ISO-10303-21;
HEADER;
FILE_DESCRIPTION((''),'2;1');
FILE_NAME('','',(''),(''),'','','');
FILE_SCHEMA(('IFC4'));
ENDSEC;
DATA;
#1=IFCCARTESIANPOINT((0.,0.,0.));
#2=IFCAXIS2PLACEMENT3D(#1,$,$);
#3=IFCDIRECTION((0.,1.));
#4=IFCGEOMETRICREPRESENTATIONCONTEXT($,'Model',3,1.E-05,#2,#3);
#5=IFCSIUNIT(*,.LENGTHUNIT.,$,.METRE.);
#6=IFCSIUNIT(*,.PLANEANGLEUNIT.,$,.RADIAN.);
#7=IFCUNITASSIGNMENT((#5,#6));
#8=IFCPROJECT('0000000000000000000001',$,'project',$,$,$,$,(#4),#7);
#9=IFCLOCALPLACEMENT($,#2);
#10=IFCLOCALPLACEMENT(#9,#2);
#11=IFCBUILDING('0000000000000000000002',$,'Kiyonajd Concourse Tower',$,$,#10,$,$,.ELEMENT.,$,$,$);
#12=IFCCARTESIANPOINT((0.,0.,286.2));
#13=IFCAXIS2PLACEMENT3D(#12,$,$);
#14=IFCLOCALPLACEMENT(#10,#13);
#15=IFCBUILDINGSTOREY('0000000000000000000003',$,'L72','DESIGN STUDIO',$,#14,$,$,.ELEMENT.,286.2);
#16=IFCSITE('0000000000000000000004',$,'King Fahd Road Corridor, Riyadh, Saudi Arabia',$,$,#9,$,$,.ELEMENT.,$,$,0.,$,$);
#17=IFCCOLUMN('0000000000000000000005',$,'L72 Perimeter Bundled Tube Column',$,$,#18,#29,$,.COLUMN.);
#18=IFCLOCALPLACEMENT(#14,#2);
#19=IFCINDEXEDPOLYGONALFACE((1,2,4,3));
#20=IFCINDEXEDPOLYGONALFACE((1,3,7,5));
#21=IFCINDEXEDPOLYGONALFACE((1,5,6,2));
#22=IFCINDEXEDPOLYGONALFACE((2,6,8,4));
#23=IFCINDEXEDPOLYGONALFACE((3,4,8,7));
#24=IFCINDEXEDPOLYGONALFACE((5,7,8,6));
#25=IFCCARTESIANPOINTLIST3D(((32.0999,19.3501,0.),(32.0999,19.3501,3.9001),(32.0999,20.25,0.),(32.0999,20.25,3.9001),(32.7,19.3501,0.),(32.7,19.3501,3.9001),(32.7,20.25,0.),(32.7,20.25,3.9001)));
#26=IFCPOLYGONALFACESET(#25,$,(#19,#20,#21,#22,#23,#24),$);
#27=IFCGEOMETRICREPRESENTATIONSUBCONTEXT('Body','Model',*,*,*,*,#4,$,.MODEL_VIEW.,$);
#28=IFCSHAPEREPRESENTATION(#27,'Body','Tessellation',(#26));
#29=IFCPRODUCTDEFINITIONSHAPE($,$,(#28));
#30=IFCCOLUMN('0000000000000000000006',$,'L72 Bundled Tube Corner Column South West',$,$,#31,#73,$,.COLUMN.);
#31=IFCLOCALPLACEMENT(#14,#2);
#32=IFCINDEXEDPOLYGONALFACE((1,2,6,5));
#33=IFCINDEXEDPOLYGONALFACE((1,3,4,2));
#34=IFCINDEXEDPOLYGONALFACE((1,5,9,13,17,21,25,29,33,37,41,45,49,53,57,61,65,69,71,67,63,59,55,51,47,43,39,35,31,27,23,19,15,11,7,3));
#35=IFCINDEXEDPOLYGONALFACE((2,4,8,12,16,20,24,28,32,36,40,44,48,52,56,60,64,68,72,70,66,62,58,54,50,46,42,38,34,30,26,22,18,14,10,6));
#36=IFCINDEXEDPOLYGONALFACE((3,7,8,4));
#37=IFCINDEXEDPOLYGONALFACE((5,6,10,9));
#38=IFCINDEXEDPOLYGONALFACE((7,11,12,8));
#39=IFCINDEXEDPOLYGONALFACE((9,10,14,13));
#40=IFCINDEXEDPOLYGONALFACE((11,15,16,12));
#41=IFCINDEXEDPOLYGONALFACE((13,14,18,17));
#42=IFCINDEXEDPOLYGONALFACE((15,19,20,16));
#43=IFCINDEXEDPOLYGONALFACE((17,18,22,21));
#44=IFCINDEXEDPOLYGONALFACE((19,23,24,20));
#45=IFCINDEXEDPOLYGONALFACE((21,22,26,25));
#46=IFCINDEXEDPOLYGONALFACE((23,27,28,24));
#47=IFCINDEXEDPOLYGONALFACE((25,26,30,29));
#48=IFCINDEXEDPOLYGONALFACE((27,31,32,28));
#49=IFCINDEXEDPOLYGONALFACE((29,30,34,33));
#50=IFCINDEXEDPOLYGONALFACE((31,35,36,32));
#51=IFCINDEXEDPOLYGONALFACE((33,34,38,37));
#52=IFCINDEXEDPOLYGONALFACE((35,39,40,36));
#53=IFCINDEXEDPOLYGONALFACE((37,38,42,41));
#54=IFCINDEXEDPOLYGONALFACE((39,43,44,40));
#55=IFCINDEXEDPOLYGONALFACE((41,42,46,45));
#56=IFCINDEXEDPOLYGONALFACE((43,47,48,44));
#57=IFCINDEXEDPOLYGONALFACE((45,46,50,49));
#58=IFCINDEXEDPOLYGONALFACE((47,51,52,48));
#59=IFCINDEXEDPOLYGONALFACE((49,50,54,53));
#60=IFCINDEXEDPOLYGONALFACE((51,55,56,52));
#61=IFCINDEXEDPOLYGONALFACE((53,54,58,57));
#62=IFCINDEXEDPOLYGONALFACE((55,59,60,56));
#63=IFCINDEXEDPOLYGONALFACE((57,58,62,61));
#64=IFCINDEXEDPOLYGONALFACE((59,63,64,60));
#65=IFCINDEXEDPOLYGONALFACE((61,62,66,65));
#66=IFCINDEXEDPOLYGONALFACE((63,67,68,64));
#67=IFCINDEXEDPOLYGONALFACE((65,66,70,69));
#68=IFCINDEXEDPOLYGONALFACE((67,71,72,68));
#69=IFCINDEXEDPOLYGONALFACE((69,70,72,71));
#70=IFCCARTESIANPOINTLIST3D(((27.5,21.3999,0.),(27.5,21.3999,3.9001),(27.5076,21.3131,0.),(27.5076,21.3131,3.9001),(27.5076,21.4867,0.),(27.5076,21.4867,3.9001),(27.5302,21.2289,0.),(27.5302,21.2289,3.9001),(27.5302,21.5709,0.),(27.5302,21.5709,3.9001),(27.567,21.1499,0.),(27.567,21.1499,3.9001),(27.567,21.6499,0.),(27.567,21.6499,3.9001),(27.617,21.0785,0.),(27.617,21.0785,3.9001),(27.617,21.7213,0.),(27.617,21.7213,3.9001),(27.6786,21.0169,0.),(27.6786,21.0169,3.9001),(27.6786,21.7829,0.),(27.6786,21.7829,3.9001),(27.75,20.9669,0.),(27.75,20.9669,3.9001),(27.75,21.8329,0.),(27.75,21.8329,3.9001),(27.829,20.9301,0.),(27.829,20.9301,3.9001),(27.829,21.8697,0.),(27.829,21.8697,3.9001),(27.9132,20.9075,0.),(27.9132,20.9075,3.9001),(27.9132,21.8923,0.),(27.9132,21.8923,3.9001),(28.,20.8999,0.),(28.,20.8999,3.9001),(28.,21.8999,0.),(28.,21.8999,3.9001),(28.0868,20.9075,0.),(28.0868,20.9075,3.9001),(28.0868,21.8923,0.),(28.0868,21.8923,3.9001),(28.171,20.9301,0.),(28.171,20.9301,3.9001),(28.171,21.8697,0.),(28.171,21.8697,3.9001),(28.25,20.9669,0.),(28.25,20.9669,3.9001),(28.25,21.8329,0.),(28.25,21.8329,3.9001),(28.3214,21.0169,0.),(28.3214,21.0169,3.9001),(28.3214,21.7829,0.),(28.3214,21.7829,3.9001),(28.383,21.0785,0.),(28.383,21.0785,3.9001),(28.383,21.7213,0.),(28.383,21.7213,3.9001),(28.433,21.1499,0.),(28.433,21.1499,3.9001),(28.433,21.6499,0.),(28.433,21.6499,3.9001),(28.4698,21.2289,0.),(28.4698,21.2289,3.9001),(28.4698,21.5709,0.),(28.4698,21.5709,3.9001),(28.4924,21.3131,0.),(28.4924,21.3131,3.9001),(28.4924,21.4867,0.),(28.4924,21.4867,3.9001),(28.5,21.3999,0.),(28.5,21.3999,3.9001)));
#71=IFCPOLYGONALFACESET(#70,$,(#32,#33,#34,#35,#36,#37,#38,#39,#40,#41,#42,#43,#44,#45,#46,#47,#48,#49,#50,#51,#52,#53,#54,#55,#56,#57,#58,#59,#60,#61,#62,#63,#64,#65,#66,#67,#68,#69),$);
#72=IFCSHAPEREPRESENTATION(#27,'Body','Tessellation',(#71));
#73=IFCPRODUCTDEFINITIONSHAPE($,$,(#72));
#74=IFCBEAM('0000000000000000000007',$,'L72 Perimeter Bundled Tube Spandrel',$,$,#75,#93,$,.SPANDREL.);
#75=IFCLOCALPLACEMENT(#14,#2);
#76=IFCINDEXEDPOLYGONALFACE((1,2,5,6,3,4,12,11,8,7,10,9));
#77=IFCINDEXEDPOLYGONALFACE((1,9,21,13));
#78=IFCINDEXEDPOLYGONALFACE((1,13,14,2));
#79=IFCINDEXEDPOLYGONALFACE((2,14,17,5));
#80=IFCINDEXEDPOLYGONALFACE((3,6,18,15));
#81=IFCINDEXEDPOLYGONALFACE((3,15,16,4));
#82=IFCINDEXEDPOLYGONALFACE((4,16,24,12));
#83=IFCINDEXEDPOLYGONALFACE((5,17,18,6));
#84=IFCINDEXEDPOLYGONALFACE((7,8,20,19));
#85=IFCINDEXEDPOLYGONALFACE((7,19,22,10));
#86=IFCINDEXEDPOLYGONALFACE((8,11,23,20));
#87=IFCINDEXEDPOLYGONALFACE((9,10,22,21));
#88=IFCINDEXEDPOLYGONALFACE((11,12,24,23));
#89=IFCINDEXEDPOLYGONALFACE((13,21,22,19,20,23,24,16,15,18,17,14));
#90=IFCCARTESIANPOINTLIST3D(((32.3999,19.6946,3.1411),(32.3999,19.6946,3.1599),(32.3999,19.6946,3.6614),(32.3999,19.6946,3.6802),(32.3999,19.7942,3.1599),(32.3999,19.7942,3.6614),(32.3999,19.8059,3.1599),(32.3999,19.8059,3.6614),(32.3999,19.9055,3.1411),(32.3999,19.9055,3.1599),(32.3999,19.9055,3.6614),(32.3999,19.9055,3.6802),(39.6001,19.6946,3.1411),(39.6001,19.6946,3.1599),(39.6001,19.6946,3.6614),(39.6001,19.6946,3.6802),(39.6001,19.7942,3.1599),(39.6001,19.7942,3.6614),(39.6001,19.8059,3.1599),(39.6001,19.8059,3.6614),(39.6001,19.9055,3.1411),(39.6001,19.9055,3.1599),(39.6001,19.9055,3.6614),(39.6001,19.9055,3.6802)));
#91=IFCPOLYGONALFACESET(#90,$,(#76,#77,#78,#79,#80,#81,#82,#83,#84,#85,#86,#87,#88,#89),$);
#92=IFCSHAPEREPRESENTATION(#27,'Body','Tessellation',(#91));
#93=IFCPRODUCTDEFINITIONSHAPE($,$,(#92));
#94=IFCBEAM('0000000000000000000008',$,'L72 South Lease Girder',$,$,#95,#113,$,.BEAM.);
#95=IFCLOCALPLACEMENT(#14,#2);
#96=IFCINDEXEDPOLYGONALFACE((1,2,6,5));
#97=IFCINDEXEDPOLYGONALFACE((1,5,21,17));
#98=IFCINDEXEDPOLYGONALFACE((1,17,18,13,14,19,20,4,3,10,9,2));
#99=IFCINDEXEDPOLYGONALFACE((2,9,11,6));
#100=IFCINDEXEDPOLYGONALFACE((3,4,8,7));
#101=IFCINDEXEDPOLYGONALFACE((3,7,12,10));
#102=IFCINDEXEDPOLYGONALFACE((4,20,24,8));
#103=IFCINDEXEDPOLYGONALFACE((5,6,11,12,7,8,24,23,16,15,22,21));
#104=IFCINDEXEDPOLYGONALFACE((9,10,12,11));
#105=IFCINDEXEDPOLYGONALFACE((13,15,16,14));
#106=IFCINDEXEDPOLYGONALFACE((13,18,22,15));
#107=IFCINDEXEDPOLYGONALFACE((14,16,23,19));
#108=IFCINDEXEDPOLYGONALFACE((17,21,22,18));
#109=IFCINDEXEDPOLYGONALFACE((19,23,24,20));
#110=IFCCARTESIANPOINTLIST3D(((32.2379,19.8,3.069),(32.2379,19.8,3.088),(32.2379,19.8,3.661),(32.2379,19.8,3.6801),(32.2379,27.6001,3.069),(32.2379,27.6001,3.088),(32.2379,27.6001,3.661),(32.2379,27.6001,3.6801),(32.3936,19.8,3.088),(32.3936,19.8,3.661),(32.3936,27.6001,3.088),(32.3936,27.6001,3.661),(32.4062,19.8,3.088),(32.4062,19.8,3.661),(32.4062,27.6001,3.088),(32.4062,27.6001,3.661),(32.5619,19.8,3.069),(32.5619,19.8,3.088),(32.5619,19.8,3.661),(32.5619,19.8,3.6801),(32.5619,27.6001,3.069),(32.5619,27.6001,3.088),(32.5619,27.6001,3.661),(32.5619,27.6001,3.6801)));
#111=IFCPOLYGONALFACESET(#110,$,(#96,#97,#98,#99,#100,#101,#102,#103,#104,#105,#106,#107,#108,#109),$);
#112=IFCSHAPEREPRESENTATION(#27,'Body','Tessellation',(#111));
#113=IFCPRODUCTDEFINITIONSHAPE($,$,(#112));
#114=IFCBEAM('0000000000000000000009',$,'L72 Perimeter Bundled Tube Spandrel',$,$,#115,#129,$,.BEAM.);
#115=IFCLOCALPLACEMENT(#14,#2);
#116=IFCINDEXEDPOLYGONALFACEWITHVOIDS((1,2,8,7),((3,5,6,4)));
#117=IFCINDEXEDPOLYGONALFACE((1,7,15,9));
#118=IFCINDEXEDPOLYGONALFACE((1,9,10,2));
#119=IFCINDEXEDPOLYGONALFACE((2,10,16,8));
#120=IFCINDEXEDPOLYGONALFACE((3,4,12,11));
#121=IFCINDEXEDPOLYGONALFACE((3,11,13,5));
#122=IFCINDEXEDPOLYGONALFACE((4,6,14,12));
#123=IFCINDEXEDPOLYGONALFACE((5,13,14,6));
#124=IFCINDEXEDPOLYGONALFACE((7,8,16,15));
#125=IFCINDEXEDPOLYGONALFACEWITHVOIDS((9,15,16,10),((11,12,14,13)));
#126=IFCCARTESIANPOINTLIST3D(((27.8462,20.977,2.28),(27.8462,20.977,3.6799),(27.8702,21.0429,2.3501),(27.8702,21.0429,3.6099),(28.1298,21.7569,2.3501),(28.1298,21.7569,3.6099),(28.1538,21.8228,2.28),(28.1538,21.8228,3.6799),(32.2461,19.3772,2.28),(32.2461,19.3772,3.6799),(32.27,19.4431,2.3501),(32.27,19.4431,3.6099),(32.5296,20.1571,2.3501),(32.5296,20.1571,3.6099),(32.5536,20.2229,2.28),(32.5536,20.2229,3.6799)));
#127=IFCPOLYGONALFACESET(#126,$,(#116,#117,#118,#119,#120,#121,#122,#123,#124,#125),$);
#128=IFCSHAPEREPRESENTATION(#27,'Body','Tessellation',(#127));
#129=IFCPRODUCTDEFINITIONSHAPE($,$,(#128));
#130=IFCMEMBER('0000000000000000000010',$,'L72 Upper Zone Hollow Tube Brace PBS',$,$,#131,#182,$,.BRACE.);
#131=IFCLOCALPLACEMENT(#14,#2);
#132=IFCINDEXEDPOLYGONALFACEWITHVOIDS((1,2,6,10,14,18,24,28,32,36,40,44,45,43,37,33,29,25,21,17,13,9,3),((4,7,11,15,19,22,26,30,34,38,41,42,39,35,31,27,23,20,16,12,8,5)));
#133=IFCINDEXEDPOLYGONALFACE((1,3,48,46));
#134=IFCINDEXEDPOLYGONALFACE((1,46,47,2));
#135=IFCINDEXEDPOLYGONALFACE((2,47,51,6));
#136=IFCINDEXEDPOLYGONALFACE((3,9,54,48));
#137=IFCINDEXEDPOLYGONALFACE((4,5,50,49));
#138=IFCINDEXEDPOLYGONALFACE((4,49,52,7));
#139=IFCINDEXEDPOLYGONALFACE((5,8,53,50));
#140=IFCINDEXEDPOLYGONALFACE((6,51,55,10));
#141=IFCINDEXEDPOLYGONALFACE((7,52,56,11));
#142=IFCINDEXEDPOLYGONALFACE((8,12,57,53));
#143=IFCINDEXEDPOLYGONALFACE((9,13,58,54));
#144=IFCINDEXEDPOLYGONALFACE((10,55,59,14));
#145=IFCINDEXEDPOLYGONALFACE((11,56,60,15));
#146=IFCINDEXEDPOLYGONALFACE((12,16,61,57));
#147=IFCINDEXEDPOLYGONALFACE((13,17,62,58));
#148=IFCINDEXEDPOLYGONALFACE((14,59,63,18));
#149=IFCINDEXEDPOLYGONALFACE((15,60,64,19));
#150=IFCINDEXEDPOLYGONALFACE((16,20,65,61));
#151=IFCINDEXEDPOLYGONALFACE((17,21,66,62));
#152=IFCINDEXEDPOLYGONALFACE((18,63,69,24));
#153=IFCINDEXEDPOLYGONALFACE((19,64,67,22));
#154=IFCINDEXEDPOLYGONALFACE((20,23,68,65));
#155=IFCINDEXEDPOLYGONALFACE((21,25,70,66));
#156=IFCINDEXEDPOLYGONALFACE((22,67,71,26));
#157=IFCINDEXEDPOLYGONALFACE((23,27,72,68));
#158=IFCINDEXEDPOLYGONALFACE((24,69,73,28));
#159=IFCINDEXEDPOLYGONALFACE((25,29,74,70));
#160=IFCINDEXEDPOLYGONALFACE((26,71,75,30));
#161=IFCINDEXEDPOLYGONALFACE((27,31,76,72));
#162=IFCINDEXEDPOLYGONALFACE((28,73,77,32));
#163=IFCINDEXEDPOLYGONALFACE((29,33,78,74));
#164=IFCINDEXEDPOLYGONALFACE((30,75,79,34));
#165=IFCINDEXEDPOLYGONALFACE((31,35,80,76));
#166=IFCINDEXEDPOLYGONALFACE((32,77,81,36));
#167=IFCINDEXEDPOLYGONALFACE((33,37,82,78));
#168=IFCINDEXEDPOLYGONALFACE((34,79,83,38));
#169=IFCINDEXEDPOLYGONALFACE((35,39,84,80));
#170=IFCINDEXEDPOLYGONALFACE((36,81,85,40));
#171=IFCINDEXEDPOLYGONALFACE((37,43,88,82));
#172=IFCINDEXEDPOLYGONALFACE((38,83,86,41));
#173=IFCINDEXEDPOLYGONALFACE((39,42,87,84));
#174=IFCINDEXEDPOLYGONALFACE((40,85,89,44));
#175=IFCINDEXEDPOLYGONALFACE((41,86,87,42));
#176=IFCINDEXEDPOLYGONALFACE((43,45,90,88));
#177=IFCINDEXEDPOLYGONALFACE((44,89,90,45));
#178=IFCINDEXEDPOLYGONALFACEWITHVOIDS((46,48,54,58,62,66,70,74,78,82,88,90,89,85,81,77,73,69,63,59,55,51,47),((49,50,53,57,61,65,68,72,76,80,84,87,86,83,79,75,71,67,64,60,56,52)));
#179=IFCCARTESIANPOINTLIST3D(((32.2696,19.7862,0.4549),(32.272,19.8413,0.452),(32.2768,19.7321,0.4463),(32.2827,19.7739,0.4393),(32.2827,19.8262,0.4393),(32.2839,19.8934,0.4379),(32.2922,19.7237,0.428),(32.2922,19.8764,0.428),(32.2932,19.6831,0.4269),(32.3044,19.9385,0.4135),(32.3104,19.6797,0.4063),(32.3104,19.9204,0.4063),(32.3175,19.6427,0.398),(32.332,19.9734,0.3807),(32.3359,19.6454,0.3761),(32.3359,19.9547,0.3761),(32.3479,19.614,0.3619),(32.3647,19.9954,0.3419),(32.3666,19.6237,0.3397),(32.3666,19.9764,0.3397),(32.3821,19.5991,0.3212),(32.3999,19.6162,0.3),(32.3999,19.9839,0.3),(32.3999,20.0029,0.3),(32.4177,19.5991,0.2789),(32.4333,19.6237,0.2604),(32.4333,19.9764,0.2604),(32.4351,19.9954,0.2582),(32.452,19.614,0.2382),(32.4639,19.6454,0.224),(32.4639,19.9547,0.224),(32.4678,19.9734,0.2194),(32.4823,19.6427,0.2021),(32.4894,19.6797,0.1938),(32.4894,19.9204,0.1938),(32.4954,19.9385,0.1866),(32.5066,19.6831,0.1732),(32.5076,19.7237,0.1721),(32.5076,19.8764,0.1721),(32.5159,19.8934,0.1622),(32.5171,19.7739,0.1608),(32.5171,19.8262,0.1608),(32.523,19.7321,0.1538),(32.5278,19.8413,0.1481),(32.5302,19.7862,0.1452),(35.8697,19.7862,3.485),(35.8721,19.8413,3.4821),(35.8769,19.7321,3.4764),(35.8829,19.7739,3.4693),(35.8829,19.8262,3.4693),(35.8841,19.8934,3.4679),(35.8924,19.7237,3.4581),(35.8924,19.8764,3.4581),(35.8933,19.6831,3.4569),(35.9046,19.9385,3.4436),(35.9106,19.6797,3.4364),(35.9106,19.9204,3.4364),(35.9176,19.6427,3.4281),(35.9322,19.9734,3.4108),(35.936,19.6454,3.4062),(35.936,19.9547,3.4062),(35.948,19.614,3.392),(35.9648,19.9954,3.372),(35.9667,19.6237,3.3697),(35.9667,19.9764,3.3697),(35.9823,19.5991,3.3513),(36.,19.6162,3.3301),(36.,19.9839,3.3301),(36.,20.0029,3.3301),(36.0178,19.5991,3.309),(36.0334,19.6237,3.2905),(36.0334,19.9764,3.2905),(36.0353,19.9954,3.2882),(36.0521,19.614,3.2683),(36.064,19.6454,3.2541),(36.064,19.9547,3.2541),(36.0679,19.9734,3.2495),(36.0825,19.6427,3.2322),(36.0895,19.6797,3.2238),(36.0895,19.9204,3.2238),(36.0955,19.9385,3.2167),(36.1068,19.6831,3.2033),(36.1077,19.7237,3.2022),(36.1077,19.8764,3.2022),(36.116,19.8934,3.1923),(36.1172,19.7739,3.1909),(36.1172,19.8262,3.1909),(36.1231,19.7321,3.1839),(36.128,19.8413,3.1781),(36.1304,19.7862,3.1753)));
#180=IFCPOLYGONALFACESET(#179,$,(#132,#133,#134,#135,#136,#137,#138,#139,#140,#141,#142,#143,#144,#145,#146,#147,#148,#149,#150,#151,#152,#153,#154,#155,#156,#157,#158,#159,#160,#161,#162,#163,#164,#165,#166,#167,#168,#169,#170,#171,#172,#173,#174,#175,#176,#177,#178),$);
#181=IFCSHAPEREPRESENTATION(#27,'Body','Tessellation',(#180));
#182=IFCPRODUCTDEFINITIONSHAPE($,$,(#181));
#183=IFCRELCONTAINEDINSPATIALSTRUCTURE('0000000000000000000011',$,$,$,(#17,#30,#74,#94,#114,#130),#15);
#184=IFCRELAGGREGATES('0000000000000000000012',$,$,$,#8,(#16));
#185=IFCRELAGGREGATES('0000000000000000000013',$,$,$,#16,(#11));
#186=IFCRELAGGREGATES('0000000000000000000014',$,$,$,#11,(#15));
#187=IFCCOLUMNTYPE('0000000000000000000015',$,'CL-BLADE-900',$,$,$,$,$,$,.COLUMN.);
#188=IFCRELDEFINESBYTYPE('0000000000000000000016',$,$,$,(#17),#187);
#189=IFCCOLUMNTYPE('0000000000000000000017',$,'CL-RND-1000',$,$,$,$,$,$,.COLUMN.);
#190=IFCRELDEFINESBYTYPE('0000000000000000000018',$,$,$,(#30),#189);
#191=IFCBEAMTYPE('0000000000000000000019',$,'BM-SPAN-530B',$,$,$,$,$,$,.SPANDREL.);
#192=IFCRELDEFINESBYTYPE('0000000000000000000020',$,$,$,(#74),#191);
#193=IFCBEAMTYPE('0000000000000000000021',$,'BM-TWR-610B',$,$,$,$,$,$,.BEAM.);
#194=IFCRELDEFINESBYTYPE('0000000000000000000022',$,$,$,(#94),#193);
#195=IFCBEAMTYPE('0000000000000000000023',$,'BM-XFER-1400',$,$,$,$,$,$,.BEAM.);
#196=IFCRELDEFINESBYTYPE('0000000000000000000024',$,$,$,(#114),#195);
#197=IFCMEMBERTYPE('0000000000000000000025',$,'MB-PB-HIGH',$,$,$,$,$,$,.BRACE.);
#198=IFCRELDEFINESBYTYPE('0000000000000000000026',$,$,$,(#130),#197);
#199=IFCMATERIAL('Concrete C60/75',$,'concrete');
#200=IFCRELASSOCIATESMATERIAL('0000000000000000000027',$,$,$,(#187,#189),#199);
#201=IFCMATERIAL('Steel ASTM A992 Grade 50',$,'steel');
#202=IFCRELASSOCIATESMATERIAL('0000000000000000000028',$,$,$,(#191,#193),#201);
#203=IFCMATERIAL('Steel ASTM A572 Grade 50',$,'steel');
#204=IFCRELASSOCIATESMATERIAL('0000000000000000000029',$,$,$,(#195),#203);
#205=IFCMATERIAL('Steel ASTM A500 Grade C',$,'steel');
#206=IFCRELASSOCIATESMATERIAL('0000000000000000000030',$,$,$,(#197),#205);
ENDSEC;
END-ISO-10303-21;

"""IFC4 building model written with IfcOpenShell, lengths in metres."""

from ifc_helpers import new_model, si_unit, direction, frame, origin, origin_2d, place, context, subcontext, project, spatial, rectangle, hollow_rectangle, circle, hollow_circle, i_section, extrude, material, material_profile, profile_set, type_object, element, save


model = new_model("IFC4")

# Units and contexts
model_context = context("Model", 3, precision=1e-05, world=origin(), true_north=direction((0.0, 1.0)))
body_context = subcontext(model_context, "Body", "Model", "MODEL_VIEW")
ifc_project = project(units=[si_unit("LENGTHUNIT", "METRE"), si_unit("PLANEANGLEUNIT", "RADIAN")], contexts=[model_context])

# Site, building, storey
site_placement = place(None, origin())
site = spatial("IfcSite", under=ifc_project, at=site_placement, Name="King Fahd Road Corridor, Riyadh, Saudi Arabia", CompositionType="ELEMENT", RefElevation=0.0)
building_placement = place(site_placement, origin())
building = spatial("IfcBuilding", under=site, at=building_placement, Name="Kiyonajd Concourse Tower", CompositionType="ELEMENT")
storey_placement = place(building_placement, frame((0.0, 0.0, 286.2)))
storey = spatial("IfcBuildingStorey", under=building, at=storey_placement, Name="L72", Description="DESIGN STUDIO", CompositionType="ELEMENT", Elevation=286.2)

# Columns
ifc_material_1 = material(Name="Concrete C60/75", Category="concrete")
ifc_material_profile_1 = material_profile(ifc_material_1, rectangle(XDim=0.6001, YDim=0.8999, at=origin_2d()), Name="RC-900x600")
ifc_profile_set_1 = profile_set([ifc_material_profile_1], Name="Concrete C60/75")
column_type_1 = type_object("IfcColumnType", Name="CL-BLADE-900", PredefinedType="COLUMN", material=ifc_profile_set_1)
column_1_placement = place(storey_placement, frame((32.3999, 19.8, 0.0), z_axis=(0.0, 0.0, 1.0), x_axis=(1.0, 0.0, 0.0)))
element("IfcColumn", 1, at=column_1_placement, inside=storey, type_object=column_type_1, Name="L72 Perimeter Bundled Tube Column", PredefinedType="COLUMN", context=body_context, shape_type="SweptSolid", body=[
    extrude(rectangle(XDim=0.6001, YDim=0.8999, at=origin_2d()), origin(), (0.0, 0.0, 1.0), 3.9001),
])
ifc_material_profile_2 = material_profile(ifc_material_1, circle(Radius=0.5, at=origin_2d()), Name="RCC-D1000")
ifc_profile_set_2 = profile_set([ifc_material_profile_2], Name="Concrete C60/75")
column_type_2 = type_object("IfcColumnType", Name="CL-RND-1000", PredefinedType="COLUMN", material=ifc_profile_set_2)
column_2_placement = place(storey_placement, frame((28.0, 21.3999, 0.0), z_axis=(0.0, 0.0, 1.0), x_axis=(1.0, 0.0, 0.0)))
element("IfcColumn", 2, at=column_2_placement, inside=storey, type_object=column_type_2, Name="L72 Bundled Tube Corner Column South West", PredefinedType="COLUMN", context=body_context, shape_type="SweptSolid", body=[
    extrude(circle(Radius=0.5, at=origin_2d()), origin(), (0.0, 0.0, 1.0), 3.9001),
])

# Beams
ifc_material_2 = material(Name="Steel ASTM A992 Grade 50", Category="steel")
ifc_material_profile_3 = material_profile(ifc_material_2, i_section(OverallWidth=0.2109, OverallDepth=0.5391, WebThickness=0.0117, FlangeThickness=0.0188, at=origin_2d()), Name="W530X109")
ifc_profile_set_3 = profile_set([ifc_material_profile_3], Name="Steel ASTM A992 Grade 50")
beam_type_1 = type_object("IfcBeamType", Name="BM-SPAN-530B", PredefinedType="SPANDREL", material=ifc_profile_set_3)
beam_1_placement = place(storey_placement, frame((32.3999, 19.8, 3.4106), z_axis=(1.0, 0.0, 0.0), x_axis=(0.0, 1.0, 0.0)))
element("IfcBeam", 3, at=beam_1_placement, inside=storey, type_object=beam_type_1, Name="L72 Perimeter Bundled Tube Spandrel", PredefinedType="SPANDREL", context=body_context, shape_type="SweptSolid", body=[
    extrude(i_section(OverallWidth=0.2109, OverallDepth=0.5391, WebThickness=0.0117, FlangeThickness=0.0188, at=origin_2d()), origin(), (0.0, 0.0, 1.0), 7.2002),
])
ifc_material_profile_4 = material_profile(ifc_material_2, i_section(OverallWidth=0.324, OverallDepth=0.6111, WebThickness=0.0127, FlangeThickness=0.019, at=origin_2d()), Name="W610X155")
ifc_profile_set_4 = profile_set([ifc_material_profile_4], Name="Steel ASTM A992 Grade 50")
beam_type_2 = type_object("IfcBeamType", Name="BM-TWR-610B", PredefinedType="BEAM", material=ifc_profile_set_4)
beam_2_placement = place(storey_placement, frame((32.3999, 19.8, 3.3745), z_axis=(0.0, 1.0, 0.0), x_axis=(-1.0, 0.0, 0.0)))
element("IfcBeam", 4, at=beam_2_placement, inside=storey, type_object=beam_type_2, Name="L72 South Lease Girder", PredefinedType="BEAM", context=body_context, shape_type="SweptSolid", body=[
    extrude(i_section(OverallWidth=0.324, OverallDepth=0.6111, WebThickness=0.0127, FlangeThickness=0.019, at=origin_2d()), origin(), (0.0, 0.0, 1.0), 7.8),
])
ifc_material_3 = material(Name="Steel ASTM A572 Grade 50", Category="steel")
ifc_material_profile_5 = material_profile(ifc_material_3, hollow_rectangle(XDim=0.8999, YDim=1.3999, WallThickness=0.0701, at=origin_2d()), Name="BOX-1400x900x70")
ifc_profile_set_5 = profile_set([ifc_material_profile_5], Name="Steel ASTM A572 Grade 50")
beam_type_3 = type_object("IfcBeamType", Name="BM-XFER-1400", PredefinedType="BEAM", material=ifc_profile_set_5)
beam_3_placement = place(storey_placement, frame((28.0, 21.3999, 2.98), z_axis=(0.939801, -0.341722, 0.0), x_axis=(0.341722, 0.939801, 0.0)))
element("IfcBeam", 5, at=beam_3_placement, inside=storey, type_object=beam_type_3, Name="L72 Perimeter Bundled Tube Spandrel", PredefinedType="BEAM", context=body_context, shape_type="SweptSolid", body=[
    extrude(hollow_rectangle(XDim=0.8999, YDim=1.3999, WallThickness=0.0701, at=origin_2d()), origin(), (0.0, 0.0, 1.0), 4.6816),
])

# Member
ifc_material_4 = material(Name="Steel ASTM A500 Grade C", Category="steel")
ifc_material_profile_6 = material_profile(ifc_material_4, hollow_circle(Radius=0.2029, WallThickness=0.019, at=origin_2d()), Name="CHS-406x19")
ifc_profile_set_6 = profile_set([ifc_material_profile_6], Name="Steel ASTM A500 Grade C")
member_type = type_object("IfcMemberType", Name="MB-PB-HIGH", PredefinedType="BRACE", material=ifc_profile_set_6)
member_placement = place(storey_placement, frame((32.3999, 19.8, 0.3), z_axis=(0.765082, 0.0, 0.643933), x_axis=(0.0, 1.0, 0.0)))
element("IfcMember", 6, at=member_placement, inside=storey, type_object=member_type, Name="L72 Upper Zone Hollow Tube Brace PBS", PredefinedType="BRACE", context=body_context, shape_type="SweptSolid", body=[
    extrude(hollow_circle(Radius=0.2029, WallThickness=0.019, at=origin_2d()), origin(), (0.0, 0.0, 1.0), 4.7056),
])

save(model, "model.ifc")
